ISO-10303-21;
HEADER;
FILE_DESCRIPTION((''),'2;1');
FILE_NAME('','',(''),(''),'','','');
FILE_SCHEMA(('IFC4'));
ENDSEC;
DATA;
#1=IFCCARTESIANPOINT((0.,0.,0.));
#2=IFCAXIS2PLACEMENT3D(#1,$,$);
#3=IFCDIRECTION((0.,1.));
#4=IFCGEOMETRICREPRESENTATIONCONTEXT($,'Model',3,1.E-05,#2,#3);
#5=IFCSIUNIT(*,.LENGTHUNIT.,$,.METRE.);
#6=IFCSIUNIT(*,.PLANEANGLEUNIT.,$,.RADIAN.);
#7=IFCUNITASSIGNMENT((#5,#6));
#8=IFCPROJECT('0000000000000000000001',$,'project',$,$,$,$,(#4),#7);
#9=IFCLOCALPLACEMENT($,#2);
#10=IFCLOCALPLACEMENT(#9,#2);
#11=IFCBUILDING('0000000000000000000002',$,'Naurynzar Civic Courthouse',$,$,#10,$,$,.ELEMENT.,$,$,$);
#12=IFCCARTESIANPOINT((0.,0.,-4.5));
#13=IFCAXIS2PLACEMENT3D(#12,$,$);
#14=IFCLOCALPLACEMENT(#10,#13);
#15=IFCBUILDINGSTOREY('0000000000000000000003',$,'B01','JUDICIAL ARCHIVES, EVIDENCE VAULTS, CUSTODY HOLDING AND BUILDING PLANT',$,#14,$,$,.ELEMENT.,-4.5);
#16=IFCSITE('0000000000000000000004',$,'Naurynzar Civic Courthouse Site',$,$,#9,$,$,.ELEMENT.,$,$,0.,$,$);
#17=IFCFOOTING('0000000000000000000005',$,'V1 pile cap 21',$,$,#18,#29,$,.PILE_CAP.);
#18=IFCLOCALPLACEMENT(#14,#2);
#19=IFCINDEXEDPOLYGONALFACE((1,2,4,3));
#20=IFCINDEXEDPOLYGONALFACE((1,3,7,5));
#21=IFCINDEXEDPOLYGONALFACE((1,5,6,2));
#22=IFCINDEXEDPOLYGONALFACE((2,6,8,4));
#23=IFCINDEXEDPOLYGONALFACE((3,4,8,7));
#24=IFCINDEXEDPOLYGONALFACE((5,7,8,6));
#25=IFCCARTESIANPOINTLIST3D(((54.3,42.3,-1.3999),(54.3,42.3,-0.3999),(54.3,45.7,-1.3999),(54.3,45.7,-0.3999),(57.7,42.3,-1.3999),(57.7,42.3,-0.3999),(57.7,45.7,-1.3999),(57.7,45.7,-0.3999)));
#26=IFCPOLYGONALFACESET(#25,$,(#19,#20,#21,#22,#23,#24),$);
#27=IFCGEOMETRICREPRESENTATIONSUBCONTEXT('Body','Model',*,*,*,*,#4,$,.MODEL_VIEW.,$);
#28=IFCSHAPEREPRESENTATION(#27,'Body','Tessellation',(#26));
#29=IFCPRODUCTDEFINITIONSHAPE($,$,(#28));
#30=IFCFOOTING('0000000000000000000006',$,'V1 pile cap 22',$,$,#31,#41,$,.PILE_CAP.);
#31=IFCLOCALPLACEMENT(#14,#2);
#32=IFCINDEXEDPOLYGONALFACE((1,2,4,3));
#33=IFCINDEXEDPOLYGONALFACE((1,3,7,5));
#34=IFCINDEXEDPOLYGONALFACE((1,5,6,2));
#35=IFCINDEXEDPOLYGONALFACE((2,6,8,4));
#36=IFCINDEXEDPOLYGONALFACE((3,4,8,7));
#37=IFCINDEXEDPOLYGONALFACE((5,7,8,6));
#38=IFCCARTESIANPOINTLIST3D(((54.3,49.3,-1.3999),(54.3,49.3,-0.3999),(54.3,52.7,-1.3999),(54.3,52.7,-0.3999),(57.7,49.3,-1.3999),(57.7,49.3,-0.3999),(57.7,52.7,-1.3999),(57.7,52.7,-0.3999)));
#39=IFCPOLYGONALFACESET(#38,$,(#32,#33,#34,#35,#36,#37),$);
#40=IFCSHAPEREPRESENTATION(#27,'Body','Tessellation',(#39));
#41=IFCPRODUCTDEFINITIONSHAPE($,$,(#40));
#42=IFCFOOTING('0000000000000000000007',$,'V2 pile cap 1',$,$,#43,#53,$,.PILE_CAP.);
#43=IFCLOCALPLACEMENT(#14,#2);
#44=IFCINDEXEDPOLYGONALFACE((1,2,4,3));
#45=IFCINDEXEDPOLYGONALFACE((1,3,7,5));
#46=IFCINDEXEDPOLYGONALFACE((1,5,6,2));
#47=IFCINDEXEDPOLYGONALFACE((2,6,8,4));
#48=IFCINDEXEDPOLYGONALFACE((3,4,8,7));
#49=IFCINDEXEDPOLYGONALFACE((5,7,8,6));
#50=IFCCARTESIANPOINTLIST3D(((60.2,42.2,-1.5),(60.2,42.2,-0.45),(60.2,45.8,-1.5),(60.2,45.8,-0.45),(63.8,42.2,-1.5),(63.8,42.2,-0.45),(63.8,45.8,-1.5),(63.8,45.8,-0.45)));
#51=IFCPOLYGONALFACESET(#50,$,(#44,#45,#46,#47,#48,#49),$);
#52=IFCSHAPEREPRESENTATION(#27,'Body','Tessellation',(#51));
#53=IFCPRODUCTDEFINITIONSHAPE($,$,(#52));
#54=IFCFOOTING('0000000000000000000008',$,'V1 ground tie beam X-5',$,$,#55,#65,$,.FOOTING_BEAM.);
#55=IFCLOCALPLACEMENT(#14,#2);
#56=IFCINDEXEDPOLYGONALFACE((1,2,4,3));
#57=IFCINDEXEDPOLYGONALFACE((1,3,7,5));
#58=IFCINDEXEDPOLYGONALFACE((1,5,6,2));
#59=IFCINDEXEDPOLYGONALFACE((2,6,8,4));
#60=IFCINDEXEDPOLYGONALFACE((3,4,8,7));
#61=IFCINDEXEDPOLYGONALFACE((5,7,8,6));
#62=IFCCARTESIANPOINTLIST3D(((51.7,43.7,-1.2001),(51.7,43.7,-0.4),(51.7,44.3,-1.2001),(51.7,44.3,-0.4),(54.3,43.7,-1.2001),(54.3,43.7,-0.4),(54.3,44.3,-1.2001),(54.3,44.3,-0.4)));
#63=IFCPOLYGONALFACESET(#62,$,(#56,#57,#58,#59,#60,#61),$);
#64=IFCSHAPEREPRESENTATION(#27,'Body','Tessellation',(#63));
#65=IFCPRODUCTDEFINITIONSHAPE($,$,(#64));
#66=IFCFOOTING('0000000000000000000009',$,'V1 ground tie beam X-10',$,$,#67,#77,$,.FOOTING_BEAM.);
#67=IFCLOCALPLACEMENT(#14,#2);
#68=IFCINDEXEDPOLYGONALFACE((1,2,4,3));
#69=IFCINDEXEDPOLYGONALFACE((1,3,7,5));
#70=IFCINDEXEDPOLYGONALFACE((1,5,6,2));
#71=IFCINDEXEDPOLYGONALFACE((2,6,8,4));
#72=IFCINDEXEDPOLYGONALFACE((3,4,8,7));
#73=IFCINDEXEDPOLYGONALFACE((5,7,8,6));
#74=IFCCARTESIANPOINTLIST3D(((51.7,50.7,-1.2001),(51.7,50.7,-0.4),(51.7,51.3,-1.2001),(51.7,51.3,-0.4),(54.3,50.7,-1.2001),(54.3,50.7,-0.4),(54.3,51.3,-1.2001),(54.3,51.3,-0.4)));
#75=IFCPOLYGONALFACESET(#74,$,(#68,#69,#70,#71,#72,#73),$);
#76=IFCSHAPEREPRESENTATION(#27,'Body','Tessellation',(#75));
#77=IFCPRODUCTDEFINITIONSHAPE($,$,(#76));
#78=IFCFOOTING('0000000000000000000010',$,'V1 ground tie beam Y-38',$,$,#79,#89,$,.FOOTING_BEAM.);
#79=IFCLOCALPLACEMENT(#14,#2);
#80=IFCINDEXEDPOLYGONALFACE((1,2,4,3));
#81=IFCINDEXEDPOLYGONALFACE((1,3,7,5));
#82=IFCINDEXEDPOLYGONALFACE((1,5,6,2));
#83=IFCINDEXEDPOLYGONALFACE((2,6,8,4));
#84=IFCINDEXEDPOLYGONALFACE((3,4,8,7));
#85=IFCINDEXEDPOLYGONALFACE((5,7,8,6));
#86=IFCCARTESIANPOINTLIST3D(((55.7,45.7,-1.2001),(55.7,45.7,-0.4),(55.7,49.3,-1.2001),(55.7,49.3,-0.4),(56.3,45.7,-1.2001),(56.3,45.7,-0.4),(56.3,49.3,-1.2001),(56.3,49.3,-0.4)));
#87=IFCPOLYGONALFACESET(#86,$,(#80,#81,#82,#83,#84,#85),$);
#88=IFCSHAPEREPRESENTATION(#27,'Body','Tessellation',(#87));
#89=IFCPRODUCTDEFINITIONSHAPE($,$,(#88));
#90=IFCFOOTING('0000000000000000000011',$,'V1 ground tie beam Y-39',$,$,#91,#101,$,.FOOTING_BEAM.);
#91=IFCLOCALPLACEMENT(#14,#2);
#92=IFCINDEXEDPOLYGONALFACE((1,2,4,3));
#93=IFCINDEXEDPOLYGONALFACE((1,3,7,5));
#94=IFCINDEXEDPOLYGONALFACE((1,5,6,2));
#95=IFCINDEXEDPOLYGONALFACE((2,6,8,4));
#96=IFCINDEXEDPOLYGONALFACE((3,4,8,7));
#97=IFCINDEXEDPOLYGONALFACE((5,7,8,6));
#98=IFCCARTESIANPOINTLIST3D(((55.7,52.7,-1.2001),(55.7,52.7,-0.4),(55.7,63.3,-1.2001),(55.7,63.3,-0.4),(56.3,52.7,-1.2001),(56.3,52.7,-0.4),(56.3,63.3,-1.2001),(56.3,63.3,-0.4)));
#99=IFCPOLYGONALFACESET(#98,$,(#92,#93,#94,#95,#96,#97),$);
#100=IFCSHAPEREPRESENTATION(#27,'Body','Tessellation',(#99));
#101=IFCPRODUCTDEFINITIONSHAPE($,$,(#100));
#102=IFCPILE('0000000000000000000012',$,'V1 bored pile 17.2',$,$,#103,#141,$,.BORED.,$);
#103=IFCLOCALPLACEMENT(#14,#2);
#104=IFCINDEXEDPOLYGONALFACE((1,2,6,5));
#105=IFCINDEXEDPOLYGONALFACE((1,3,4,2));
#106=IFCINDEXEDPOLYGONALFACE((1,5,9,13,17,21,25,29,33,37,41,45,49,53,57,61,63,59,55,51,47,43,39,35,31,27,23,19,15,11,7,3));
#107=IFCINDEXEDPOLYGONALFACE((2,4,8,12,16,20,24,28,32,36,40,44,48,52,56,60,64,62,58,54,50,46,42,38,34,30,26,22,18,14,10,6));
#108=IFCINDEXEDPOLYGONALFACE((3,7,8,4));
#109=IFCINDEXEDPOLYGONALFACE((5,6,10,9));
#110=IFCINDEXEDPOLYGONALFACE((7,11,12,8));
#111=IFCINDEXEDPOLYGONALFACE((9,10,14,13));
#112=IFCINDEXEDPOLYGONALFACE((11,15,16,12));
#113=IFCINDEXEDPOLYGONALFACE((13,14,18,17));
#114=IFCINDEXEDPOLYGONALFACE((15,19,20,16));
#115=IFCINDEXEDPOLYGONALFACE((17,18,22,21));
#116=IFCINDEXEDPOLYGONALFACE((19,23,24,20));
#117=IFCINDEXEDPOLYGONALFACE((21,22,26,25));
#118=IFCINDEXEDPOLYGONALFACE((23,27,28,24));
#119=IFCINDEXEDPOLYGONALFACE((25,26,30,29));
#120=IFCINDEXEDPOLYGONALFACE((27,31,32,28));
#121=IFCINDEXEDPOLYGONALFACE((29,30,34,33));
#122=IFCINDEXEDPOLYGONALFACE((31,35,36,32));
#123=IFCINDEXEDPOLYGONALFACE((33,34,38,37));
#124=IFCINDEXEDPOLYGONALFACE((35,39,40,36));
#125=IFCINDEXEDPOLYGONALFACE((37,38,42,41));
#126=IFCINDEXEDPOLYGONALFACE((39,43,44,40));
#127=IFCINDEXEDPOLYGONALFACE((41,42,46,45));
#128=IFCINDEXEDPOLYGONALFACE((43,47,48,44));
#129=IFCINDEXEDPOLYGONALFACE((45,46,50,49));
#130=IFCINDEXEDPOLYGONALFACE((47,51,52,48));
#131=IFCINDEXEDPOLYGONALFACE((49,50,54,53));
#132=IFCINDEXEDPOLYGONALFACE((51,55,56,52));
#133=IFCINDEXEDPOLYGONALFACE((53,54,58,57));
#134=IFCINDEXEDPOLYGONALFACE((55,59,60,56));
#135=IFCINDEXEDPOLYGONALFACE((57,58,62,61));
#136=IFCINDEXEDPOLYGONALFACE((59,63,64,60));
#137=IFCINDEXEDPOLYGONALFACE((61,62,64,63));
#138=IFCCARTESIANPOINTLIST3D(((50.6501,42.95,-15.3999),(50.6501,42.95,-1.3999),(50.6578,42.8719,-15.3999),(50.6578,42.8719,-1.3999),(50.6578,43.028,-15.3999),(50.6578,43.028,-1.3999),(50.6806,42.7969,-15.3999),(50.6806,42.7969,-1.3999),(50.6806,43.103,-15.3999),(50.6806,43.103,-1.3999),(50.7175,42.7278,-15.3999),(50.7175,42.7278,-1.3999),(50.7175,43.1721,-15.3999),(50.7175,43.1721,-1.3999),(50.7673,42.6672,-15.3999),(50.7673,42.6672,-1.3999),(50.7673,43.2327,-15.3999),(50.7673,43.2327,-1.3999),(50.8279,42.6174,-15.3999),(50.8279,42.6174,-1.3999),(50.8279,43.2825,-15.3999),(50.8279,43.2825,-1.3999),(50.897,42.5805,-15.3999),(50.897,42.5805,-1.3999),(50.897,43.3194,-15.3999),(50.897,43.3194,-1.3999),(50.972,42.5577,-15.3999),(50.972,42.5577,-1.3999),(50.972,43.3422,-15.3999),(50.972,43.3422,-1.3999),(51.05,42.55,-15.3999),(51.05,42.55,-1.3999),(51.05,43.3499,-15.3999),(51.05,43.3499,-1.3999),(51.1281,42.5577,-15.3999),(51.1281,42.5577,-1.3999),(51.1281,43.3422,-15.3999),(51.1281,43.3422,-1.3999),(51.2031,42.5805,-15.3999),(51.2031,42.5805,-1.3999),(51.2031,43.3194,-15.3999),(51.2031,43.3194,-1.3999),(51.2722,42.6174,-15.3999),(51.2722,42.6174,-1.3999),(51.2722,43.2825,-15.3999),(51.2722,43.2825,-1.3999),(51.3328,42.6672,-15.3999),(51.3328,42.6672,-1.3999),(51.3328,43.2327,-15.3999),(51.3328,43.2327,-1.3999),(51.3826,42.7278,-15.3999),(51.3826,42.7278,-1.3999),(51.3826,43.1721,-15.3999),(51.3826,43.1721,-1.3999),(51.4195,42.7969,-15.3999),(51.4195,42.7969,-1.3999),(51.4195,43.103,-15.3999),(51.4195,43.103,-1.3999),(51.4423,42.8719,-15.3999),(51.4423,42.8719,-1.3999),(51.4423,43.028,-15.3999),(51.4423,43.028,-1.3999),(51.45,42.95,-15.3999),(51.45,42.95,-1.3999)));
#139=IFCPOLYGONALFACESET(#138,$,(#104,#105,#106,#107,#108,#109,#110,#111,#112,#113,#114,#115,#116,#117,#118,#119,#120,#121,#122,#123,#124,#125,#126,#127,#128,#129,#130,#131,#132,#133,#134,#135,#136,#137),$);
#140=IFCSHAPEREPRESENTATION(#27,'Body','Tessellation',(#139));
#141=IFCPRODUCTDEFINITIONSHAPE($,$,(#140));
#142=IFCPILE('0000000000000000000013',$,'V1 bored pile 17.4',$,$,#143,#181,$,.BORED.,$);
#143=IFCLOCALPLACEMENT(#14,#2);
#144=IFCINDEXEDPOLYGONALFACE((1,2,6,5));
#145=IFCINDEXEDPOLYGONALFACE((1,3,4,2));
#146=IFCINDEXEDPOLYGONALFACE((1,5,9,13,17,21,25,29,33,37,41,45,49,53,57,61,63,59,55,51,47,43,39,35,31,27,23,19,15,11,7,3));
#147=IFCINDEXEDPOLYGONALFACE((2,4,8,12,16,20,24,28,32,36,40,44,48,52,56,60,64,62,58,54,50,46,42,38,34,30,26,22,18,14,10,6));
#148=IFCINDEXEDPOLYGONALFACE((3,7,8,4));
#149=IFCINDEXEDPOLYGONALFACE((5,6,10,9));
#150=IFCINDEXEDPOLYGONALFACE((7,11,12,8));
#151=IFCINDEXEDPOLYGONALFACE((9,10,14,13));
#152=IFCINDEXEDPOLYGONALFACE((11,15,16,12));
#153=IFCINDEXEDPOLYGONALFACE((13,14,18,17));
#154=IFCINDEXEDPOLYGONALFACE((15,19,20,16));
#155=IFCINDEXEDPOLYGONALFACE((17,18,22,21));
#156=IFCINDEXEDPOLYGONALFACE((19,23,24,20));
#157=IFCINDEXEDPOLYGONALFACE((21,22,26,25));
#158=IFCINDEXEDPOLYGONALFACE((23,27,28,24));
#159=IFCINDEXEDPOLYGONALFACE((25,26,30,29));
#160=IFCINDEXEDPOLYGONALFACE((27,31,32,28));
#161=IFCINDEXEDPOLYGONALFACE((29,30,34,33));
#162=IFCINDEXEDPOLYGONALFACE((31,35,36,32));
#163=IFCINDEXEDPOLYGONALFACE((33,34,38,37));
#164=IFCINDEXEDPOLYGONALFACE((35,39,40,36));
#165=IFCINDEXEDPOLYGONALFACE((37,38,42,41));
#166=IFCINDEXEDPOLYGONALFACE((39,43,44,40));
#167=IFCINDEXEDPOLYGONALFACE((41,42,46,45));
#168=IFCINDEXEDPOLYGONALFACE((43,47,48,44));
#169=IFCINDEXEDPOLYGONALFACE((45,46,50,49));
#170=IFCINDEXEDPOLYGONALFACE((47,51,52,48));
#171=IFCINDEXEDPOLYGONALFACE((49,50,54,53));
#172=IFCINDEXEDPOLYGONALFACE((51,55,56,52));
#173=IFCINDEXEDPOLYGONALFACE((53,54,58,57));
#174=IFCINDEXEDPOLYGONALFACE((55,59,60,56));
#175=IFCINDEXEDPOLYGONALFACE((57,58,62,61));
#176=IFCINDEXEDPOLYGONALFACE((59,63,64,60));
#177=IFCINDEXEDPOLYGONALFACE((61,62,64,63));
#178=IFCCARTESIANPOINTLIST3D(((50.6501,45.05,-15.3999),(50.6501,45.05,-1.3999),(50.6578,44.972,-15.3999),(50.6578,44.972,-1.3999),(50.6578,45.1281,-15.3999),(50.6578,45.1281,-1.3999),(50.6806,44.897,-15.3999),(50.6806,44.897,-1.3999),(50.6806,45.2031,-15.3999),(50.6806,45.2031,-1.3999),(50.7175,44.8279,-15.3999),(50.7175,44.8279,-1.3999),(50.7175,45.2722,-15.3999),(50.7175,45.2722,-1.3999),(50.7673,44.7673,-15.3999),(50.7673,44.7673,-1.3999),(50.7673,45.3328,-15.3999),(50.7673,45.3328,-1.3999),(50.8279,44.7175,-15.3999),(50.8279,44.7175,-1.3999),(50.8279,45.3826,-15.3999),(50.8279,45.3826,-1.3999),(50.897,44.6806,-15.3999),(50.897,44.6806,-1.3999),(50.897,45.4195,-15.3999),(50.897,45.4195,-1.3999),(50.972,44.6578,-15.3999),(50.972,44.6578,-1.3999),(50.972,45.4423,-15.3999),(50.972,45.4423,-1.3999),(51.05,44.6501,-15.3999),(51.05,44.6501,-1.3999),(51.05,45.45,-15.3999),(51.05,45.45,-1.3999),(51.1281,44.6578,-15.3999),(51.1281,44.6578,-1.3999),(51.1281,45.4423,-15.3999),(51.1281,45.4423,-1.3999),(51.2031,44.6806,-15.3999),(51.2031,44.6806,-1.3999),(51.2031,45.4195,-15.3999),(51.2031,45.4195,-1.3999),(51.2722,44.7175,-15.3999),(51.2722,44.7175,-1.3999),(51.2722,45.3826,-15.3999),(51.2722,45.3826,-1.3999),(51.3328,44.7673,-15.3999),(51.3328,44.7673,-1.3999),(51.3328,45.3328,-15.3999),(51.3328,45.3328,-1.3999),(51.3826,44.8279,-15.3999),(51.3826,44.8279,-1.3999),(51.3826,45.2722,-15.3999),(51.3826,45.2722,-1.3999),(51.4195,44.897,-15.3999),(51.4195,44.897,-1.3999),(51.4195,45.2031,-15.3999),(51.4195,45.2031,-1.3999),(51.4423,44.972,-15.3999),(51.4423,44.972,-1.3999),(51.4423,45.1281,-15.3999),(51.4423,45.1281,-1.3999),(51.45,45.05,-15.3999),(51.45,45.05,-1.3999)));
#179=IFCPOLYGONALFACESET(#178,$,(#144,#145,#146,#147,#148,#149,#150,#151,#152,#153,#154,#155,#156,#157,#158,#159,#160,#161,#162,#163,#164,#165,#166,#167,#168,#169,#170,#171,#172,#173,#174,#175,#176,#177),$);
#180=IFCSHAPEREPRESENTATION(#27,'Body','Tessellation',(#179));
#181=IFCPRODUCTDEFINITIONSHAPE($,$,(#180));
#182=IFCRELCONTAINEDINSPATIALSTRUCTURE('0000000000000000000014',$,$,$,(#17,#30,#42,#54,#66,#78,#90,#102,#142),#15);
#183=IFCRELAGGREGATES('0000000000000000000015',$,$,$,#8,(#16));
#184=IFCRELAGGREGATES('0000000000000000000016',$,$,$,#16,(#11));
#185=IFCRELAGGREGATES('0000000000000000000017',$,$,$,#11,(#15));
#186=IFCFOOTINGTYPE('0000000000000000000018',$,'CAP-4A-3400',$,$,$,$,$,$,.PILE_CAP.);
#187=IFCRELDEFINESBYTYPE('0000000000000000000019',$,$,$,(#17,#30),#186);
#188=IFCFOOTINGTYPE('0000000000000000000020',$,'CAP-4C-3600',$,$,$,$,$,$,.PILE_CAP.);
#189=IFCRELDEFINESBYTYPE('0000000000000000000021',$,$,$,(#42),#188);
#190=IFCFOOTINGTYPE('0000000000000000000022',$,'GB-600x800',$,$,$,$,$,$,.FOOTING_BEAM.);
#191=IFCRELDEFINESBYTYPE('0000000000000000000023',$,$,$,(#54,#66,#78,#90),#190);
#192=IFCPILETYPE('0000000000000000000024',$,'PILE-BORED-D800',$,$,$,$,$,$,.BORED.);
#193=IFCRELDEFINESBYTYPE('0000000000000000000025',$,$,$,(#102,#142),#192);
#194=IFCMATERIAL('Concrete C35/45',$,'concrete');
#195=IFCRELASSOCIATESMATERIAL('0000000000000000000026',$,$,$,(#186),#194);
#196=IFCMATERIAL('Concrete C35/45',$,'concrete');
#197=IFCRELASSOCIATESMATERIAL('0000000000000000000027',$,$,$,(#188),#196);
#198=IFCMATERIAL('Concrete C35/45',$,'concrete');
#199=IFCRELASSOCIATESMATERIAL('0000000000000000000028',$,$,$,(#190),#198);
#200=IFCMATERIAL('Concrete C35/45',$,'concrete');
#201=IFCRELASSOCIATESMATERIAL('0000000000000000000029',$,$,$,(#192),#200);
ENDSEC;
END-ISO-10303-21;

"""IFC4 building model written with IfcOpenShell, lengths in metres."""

from ifc_helpers import new_model, si_unit, direction, frame, origin, origin_2d, place, context, subcontext, project, spatial, rectangle, circle, extrude, material, material_profile, profile_set, type_object, element, save


model = new_model("IFC4")

# Units and contexts
model_context = context("Model", 3, precision=1e-05, world=origin(), true_north=direction((0.0, 1.0)))
body_context = subcontext(model_context, "Body", "Model", "MODEL_VIEW")
ifc_project = project(units=[si_unit("LENGTHUNIT", "METRE"), si_unit("PLANEANGLEUNIT", "RADIAN")], contexts=[model_context])

# Site, building, storey
site_placement = place(None, origin())
site = spatial("IfcSite", under=ifc_project, at=site_placement, Name="Naurynzar Civic Courthouse Site", CompositionType="ELEMENT", RefElevation=0.0)
building_placement = place(site_placement, origin())
building = spatial("IfcBuilding", under=site, at=building_placement, Name="Naurynzar Civic Courthouse", CompositionType="ELEMENT")
storey_placement = place(building_placement, frame((0.0, 0.0, -4.5)))
storey = spatial("IfcBuildingStorey", under=building, at=storey_placement, Name="B01", Description="JUDICIAL ARCHIVES, EVIDENCE VAULTS, CUSTODY HOLDING AND BUILDING PLANT", CompositionType="ELEMENT", Elevation=-4.5)

# Footings
ifc_material_1 = material(Name="Concrete C35/45", Category="concrete")
footing_type_1 = type_object("IfcFootingType", Name="CAP-4A-3400", PredefinedType="PILE_CAP", material=ifc_material_1)
for number, where, z_axis, x_axis, name in (
    (1, (56.0, 44.0, -1.3999), (0.0, 0.0, 1.0), (1.0, 0.0, 0.0), "V1 pile cap 21"),
    (2, (56.0, 51.0, -1.3999), (0.0, 0.0, 1.0), (1.0, 0.0, 0.0), "V1 pile cap 22"),
):
    element("IfcFooting", number, at=place(storey_placement, frame(where, z_axis=z_axis, x_axis=x_axis)), inside=storey, type_object=footing_type_1, Name=name, PredefinedType="PILE_CAP", context=body_context, shape_type="SweptSolid", body=[
        extrude(rectangle(XDim=3.3999, YDim=3.3999, at=origin_2d()), origin(), (0.0, 0.0, 1.0), 1.0),
    ])
ifc_material_2 = material(Name="Concrete C35/45", Category="concrete")
footing_type_2 = type_object("IfcFootingType", Name="CAP-4C-3600", PredefinedType="PILE_CAP", material=ifc_material_2)
footing_1_placement = place(storey_placement, frame((62.0, 44.0, -1.5), z_axis=(0.0, 0.0, 1.0), x_axis=(1.0, 0.0, 0.0)))
element("IfcFooting", 3, at=footing_1_placement, inside=storey, type_object=footing_type_2, Name="V2 pile cap 1", PredefinedType="PILE_CAP", context=body_context, shape_type="SweptSolid", body=[
    extrude(rectangle(XDim=3.6001, YDim=3.6001, at=origin_2d()), origin(), (0.0, 0.0, 1.0), 1.05),
])
ifc_material_3 = material(Name="Concrete C35/45", Category="concrete")
ifc_material_profile_1 = material_profile(ifc_material_3, rectangle(XDim=0.6001, YDim=0.8, at=origin_2d()), Name="GB 600x800")
ifc_profile_set_1 = profile_set([ifc_material_profile_1], Name="Concrete C35/45")
footing_type_3 = type_object("IfcFootingType", Name="GB-600x800", PredefinedType="FOOTING_BEAM", material=ifc_profile_set_1)
for number, where, z_axis, x_axis, name in (
    (4, (51.7, 44.0, -0.8), (1.0, 0.0, 0.0), (0.0, 1.0, 0.0), "V1 ground tie beam X-5"),
    (5, (51.7, 51.0, -0.8), (1.0, 0.0, 0.0), (0.0, 1.0, 0.0), "V1 ground tie beam X-10"),
):
    element("IfcFooting", number, at=place(storey_placement, frame(where, z_axis=z_axis, x_axis=x_axis)), inside=storey, type_object=footing_type_3, Name=name, PredefinedType="FOOTING_BEAM", context=body_context, shape_type="SweptSolid", body=[
        extrude(rectangle(XDim=0.6001, YDim=0.8, at=origin_2d()), origin(), (0.0, 0.0, 1.0), 2.6001),
    ])
footing_2_placement = place(storey_placement, frame((56.0, 45.7, -0.8), z_axis=(0.0, 1.0, 0.0), x_axis=(-1.0, 0.0, 0.0)))
element("IfcFooting", 6, at=footing_2_placement, inside=storey, type_object=footing_type_3, Name="V1 ground tie beam Y-38", PredefinedType="FOOTING_BEAM", context=body_context, shape_type="SweptSolid", body=[
    extrude(rectangle(XDim=0.6001, YDim=0.8, at=origin_2d()), origin(), (0.0, 0.0, 1.0), 3.6001),
])
footing_3_placement = place(storey_placement, frame((56.0, 52.7, -0.8), z_axis=(0.0, 1.0, 0.0), x_axis=(-1.0, 0.0, 0.0)))
element("IfcFooting", 7, at=footing_3_placement, inside=storey, type_object=footing_type_3, Name="V1 ground tie beam Y-39", PredefinedType="FOOTING_BEAM", context=body_context, shape_type="SweptSolid", body=[
    extrude(rectangle(XDim=0.6001, YDim=0.8, at=origin_2d()), origin(), (0.0, 0.0, 1.0), 10.6001),
])

# Piles
ifc_material_4 = material(Name="Concrete C35/45", Category="concrete")
ifc_material_profile_2 = material_profile(ifc_material_4, circle(Radius=0.3999, at=origin_2d()), Name="PILE D800")
ifc_profile_set_2 = profile_set([ifc_material_profile_2], Name="Concrete C35/45")
pile_type = type_object("IfcPileType", Name="PILE-BORED-D800", PredefinedType="BORED", material=ifc_profile_set_2)
for number, where, z_axis, x_axis, name in (
    (8, (51.05, 42.95, -1.3999), (0.0, 0.0, -1.0), (1.0, 0.0, 0.0), "V1 bored pile 17.2"),
    (9, (51.05, 45.05, -1.3999), (0.0, 0.0, -1.0), (1.0, 0.0, 0.0), "V1 bored pile 17.4"),
):
    element("IfcPile", number, at=place(storey_placement, frame(where, z_axis=z_axis, x_axis=x_axis)), inside=storey, type_object=pile_type, Name=name, PredefinedType="BORED", context=body_context, shape_type="SweptSolid", body=[
        extrude(circle(Radius=0.3999, at=origin_2d()), origin(), (0.0, 0.0, 1.0), 14.0),
    ])

save(model, "model.ifc")
